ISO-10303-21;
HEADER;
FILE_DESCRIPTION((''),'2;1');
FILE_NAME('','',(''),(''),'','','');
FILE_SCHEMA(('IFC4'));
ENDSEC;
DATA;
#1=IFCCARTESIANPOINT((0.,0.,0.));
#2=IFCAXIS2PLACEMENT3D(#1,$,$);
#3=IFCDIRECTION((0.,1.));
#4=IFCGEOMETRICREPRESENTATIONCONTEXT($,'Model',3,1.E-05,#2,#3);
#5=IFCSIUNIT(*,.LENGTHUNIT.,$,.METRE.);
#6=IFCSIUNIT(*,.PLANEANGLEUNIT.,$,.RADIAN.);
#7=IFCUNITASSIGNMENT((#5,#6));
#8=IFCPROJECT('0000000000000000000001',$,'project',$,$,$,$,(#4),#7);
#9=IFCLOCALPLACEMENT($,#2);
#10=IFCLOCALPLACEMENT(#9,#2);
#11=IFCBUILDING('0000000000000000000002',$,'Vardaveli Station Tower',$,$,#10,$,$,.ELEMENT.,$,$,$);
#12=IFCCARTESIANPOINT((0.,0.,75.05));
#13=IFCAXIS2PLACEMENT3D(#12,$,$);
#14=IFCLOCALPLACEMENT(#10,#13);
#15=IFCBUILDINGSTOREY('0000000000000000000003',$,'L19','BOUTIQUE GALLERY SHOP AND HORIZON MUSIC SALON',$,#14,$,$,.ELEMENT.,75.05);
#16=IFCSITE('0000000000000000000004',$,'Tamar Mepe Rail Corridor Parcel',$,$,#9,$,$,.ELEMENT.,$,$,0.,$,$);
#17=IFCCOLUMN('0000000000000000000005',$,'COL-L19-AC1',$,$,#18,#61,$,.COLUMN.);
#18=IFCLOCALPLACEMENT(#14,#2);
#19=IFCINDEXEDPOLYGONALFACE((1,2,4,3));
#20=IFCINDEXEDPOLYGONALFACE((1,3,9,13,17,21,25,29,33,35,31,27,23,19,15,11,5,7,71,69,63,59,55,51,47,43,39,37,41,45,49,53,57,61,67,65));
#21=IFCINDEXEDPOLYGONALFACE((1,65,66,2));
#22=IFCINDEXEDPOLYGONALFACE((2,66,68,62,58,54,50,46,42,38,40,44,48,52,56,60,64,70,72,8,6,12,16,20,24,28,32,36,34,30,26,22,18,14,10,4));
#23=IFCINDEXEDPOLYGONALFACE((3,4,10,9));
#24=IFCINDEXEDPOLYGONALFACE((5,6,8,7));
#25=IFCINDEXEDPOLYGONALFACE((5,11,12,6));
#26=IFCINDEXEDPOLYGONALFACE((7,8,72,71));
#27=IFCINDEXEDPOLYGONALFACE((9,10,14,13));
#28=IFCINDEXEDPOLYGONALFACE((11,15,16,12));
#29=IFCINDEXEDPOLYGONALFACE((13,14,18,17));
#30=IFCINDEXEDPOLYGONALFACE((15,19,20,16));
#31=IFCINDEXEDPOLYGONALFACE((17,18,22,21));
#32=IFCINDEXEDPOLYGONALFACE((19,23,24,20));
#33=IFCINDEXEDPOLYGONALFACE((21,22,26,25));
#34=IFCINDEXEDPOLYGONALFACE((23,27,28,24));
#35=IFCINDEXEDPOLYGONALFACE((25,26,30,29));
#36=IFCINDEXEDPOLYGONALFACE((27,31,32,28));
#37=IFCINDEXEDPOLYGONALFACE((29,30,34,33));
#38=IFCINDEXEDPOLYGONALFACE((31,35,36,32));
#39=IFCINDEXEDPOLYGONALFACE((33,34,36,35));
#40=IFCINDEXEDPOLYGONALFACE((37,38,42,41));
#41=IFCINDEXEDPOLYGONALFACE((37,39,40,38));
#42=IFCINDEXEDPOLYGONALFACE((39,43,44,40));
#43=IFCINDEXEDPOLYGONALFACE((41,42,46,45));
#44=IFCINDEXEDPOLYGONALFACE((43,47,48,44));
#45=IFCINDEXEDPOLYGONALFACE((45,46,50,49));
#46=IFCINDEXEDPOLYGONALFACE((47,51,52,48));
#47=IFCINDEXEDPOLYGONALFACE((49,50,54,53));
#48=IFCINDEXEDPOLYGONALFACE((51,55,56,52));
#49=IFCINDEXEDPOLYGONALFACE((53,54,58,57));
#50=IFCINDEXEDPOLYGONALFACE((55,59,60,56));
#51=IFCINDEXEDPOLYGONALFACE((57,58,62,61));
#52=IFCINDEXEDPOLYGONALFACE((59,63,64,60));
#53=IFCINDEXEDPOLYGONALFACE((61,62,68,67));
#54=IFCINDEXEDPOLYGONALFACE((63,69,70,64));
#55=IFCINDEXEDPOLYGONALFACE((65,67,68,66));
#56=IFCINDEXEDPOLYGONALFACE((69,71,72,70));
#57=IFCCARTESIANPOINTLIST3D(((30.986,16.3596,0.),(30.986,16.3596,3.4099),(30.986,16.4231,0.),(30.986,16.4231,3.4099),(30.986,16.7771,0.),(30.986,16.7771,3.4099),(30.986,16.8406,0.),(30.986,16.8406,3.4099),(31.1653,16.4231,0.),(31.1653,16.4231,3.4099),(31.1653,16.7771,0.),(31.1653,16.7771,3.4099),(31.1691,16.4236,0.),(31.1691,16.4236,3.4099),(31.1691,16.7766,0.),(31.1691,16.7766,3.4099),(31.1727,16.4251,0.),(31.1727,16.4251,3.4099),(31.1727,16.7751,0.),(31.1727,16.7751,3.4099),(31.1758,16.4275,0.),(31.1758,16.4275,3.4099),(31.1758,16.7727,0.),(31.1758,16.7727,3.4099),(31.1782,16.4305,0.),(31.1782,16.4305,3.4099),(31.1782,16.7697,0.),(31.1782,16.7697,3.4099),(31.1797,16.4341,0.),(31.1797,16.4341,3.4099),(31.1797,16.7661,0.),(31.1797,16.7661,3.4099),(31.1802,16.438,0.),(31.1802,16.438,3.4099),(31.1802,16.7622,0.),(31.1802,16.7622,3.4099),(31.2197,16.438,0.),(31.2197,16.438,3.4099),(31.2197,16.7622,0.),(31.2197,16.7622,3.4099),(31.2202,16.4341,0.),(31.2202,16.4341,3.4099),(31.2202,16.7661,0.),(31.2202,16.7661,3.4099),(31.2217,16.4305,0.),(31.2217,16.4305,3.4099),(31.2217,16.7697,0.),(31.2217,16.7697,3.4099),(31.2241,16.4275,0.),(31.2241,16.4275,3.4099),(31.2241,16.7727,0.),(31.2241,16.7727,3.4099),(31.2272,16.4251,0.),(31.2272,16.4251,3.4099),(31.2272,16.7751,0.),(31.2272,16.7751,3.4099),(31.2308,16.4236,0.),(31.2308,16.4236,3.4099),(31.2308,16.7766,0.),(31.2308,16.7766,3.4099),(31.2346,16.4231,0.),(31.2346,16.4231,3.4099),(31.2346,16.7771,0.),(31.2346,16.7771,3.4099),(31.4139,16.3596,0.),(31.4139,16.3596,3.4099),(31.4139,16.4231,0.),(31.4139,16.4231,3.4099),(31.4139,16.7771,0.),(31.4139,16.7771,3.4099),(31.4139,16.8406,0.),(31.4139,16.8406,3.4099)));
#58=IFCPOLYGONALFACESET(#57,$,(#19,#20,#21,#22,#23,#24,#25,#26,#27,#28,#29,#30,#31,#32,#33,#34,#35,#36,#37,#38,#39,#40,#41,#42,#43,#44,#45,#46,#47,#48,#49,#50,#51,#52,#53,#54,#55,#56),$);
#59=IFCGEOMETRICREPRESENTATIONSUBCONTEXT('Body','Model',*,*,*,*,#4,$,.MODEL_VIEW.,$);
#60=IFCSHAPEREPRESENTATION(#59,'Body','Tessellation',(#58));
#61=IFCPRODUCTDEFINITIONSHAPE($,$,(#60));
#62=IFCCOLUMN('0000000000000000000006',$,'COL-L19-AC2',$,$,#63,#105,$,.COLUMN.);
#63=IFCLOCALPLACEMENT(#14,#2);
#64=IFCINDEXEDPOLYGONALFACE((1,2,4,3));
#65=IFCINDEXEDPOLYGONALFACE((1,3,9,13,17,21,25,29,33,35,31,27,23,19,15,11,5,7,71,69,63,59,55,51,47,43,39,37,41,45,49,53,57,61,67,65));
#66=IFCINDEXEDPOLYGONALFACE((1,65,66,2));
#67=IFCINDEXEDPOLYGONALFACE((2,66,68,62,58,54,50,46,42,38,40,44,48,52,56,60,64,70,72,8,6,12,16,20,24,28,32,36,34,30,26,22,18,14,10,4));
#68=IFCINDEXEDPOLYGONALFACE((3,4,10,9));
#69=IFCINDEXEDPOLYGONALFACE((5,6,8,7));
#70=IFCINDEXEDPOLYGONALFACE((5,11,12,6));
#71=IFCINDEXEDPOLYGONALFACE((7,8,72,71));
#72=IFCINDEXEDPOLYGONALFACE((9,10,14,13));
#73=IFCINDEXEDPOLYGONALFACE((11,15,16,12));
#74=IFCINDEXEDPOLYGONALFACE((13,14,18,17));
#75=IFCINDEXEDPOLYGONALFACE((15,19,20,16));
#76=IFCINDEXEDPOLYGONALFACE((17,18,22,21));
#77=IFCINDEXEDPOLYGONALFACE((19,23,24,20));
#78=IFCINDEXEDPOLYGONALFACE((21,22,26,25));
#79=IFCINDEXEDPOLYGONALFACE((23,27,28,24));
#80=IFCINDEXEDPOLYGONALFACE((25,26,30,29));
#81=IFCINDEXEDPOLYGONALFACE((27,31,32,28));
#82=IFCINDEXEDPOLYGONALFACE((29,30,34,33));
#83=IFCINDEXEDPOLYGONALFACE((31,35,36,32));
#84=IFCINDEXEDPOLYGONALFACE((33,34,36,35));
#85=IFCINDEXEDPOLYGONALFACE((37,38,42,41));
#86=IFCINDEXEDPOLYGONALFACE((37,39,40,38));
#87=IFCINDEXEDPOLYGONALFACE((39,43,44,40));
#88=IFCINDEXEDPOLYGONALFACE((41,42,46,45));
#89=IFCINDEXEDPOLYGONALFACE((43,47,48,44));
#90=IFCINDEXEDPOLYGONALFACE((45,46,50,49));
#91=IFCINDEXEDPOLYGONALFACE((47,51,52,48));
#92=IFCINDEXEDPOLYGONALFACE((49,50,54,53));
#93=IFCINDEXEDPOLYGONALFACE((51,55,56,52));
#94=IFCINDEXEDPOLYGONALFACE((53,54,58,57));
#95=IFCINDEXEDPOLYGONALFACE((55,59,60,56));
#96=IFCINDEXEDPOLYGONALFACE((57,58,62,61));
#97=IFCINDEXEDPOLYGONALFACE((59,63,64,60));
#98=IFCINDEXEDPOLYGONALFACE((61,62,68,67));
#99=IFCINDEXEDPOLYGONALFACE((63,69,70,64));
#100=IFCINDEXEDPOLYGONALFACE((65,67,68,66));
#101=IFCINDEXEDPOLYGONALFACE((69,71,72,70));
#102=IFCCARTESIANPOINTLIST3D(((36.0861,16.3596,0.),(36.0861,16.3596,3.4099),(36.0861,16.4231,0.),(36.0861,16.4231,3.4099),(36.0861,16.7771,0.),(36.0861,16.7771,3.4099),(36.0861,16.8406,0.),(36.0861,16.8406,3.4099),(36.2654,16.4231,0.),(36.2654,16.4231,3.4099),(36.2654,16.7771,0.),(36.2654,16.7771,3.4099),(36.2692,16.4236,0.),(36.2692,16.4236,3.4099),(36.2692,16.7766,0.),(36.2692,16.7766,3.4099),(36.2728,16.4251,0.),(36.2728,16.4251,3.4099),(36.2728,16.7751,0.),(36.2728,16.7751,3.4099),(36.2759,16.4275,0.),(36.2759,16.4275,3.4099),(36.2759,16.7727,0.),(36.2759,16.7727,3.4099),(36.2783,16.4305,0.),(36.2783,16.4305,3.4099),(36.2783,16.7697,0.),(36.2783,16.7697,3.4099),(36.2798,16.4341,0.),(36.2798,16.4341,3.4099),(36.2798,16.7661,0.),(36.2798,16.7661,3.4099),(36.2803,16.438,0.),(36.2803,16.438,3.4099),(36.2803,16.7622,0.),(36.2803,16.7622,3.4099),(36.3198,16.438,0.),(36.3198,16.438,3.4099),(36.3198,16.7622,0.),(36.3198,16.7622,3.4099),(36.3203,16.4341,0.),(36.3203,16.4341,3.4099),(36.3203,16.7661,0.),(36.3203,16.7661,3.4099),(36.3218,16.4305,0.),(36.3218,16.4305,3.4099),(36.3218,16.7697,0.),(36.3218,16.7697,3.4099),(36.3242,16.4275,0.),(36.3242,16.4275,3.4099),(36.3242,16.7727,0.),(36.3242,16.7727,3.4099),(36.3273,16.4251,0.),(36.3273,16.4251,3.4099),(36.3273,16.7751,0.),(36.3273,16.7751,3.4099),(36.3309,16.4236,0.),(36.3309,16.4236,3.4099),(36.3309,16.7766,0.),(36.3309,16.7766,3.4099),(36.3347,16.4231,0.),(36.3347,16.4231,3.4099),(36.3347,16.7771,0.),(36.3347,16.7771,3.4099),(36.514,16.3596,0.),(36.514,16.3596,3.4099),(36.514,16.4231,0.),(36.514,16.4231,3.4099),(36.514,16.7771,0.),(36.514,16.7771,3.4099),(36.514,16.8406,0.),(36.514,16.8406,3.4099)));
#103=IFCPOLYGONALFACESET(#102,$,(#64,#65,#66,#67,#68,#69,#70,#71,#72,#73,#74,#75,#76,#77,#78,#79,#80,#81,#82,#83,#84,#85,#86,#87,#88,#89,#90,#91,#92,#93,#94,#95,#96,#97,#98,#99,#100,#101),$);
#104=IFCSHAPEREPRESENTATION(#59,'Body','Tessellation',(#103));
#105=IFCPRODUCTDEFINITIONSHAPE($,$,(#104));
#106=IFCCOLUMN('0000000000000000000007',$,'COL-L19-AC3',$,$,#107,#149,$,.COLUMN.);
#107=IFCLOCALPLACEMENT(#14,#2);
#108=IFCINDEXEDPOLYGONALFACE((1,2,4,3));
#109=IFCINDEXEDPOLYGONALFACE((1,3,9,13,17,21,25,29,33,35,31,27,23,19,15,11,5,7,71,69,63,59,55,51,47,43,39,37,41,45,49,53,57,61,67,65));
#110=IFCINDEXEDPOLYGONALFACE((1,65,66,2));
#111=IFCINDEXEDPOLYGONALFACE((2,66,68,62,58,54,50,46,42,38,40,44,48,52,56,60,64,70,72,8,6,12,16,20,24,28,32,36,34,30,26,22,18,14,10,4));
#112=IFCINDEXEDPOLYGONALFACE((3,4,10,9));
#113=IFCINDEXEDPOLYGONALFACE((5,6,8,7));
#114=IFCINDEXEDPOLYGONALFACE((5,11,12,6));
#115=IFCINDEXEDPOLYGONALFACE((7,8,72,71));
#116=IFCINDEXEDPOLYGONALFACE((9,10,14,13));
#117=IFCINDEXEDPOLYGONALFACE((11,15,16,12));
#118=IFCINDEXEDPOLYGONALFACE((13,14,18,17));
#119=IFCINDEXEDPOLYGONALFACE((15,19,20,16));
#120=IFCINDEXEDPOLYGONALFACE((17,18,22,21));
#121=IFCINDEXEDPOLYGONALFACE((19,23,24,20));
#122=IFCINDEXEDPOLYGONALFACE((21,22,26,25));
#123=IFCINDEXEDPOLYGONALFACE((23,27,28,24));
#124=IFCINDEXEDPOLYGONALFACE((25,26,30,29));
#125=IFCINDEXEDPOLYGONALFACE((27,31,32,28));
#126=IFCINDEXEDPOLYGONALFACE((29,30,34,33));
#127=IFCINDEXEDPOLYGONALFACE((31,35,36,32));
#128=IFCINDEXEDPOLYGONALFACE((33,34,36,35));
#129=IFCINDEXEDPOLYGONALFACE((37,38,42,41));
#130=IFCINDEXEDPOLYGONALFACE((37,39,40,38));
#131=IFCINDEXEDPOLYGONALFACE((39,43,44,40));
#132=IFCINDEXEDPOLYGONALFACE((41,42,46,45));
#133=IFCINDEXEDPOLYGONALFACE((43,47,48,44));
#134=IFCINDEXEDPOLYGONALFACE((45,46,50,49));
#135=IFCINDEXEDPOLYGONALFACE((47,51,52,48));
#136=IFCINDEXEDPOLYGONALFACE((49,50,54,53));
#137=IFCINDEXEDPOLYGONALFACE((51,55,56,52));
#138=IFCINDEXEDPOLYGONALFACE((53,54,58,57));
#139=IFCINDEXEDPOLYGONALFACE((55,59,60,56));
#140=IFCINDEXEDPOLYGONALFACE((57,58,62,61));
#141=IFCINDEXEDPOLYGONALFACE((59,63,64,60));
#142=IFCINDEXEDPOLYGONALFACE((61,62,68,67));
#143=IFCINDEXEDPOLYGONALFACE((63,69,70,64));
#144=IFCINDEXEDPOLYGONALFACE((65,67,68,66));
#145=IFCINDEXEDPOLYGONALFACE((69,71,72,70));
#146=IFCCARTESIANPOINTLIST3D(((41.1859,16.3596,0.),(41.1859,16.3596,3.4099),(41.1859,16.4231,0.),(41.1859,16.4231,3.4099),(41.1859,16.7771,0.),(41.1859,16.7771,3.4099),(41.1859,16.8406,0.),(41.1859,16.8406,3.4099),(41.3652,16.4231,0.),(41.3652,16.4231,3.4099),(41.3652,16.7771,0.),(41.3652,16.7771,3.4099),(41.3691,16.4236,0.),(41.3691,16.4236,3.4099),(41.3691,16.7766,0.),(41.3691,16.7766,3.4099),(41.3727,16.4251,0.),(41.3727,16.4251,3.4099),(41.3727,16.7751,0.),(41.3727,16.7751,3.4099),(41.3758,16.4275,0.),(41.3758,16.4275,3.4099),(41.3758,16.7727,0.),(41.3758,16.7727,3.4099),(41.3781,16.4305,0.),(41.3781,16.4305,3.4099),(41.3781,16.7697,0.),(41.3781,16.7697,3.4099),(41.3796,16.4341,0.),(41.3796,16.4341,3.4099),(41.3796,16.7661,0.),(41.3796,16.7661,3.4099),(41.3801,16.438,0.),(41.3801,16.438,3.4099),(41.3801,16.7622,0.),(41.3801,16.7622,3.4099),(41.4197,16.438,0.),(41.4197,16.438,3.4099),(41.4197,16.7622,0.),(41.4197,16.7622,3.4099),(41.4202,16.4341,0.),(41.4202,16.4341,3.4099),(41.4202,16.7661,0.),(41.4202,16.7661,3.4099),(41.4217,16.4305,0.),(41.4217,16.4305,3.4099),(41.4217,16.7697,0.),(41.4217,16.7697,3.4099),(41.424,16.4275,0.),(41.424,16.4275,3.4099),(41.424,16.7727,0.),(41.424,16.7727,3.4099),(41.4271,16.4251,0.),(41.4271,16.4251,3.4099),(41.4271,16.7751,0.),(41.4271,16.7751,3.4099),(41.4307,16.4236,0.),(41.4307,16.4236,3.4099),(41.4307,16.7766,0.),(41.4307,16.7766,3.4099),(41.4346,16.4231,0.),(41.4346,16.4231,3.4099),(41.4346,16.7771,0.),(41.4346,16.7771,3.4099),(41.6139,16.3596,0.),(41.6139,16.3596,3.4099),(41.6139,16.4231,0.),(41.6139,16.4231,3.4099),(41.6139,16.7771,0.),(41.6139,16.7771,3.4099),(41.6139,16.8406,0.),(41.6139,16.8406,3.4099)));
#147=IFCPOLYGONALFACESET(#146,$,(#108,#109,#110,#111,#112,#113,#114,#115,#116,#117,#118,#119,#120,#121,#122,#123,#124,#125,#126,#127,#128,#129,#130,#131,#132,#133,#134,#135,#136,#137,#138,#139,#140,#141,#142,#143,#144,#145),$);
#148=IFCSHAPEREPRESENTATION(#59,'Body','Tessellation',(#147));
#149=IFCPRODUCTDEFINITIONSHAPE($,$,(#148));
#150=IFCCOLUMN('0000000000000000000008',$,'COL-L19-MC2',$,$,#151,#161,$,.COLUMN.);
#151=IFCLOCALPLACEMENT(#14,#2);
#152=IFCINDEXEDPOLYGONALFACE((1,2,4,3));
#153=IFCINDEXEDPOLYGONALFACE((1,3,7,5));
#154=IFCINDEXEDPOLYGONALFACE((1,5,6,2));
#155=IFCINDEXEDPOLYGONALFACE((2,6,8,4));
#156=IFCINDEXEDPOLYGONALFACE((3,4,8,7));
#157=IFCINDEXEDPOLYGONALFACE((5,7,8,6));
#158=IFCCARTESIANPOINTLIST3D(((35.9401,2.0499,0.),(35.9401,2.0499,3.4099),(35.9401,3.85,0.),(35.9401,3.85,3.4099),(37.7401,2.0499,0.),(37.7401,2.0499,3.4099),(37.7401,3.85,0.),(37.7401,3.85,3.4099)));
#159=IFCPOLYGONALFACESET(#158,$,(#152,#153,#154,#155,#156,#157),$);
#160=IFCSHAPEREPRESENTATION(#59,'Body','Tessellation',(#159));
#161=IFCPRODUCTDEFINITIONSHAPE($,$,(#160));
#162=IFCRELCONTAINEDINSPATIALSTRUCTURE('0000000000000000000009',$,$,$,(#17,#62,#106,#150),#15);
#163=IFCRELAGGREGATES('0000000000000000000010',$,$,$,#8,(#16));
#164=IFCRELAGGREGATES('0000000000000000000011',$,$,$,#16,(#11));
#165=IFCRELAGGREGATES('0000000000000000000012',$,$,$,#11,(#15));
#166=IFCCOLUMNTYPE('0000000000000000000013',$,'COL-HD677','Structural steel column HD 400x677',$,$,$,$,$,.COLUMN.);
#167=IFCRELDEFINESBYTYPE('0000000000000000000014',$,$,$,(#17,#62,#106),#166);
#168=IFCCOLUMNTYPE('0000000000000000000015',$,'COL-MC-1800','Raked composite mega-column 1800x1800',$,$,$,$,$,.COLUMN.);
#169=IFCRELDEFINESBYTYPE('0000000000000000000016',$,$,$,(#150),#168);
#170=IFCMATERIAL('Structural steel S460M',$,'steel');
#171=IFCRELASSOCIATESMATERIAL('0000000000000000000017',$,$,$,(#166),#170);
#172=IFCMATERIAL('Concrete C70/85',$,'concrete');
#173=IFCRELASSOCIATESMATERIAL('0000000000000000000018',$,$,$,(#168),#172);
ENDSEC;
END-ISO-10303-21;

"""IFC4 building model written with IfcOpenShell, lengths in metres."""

from ifc_helpers import new_model, si_unit, direction, frame, origin, origin_2d, place, context, subcontext, project, spatial, rectangle, i_section, extrude, source, transform, mapped, material, material_profile, profile_set, type_object, element, save


model = new_model("IFC4")

# Units and contexts
model_context = context("Model", 3, precision=1e-05, world=origin(), true_north=direction((0.0, 1.0)))
body_context = subcontext(model_context, "Body", "Model", "MODEL_VIEW")
ifc_project = project(units=[si_unit("LENGTHUNIT", "METRE"), si_unit("PLANEANGLEUNIT", "RADIAN")], contexts=[model_context])

# Site, building, storey
site_placement = place(None, origin())
site = spatial("IfcSite", under=ifc_project, at=site_placement, Name="Tamar Mepe Rail Corridor Parcel", CompositionType="ELEMENT", RefElevation=0.0)
building_placement = place(site_placement, origin())
building = spatial("IfcBuilding", under=site, at=building_placement, Name="Vardaveli Station Tower", CompositionType="ELEMENT")
storey_placement = place(building_placement, frame((0.0, 0.0, 75.05)))
storey = spatial("IfcBuildingStorey", under=building, at=storey_placement, Name="L19", Description="BOUTIQUE GALLERY SHOP AND HORIZON MUSIC SALON", CompositionType="ELEMENT", Elevation=75.05)

# Columns
ifc_material_1 = material(Name="Structural steel S460M", Category="steel")
ifc_material_profile_1 = material_profile(ifc_material_1, i_section(OverallWidth=0.428, OverallDepth=0.481, WebThickness=0.0396, FlangeThickness=0.0635, FilletRadius=0.0149, at=origin_2d()), Name="HD 400x677")
ifc_profile_set_1 = profile_set([ifc_material_profile_1], Name="Structural steel S460M")
column_type_1 = type_object("IfcColumnType", Name="COL-HD677", Description="Structural steel column HD 400x677", PredefinedType="COLUMN", material=ifc_profile_set_1)
shared_shape_1 = source(origin(), body_context, "Body", "SweptSolid", [
    extrude(i_section(OverallWidth=0.428, OverallDepth=0.481, WebThickness=0.0396, FlangeThickness=0.0635, FilletRadius=0.0149, at=origin_2d()), origin(), (0.0, 0.0, 1.0), 3.4099),
])
for number, where, z_axis, x_axis, name in (
    (1, (31.2, 16.6001, 0.0), (0.0, 0.0, 1.0), (1.0, 0.0, 0.0), "COL-L19-AC1"),
    (2, (36.3, 16.6001, 0.0), (0.0, 0.0, 1.0), (1.0, 0.0, 0.0), "COL-L19-AC2"),
    (3, (41.3999, 16.6001, 0.0), (0.0, 0.0, 1.0), (1.0, 0.0, 0.0), "COL-L19-AC3"),
):
    element("IfcColumn", number, at=place(storey_placement, frame(where, z_axis=z_axis, x_axis=x_axis)), inside=storey, type_object=column_type_1, Name=name, PredefinedType="COLUMN", context=body_context, shape_type="MappedRepresentation", body=[
        mapped(shared_shape_1, transform((0.0, 0.0, 0.0), scale=1.0)),
    ])
ifc_material_2 = material(Name="Concrete C70/85", Category="concrete")
ifc_material_profile_2 = material_profile(ifc_material_2, rectangle(XDim=1.8, YDim=1.8, at=origin_2d()), Name="MC 1800x1800")
ifc_profile_set_2 = profile_set([ifc_material_profile_2], Name="Concrete C70/85")
column_type_2 = type_object("IfcColumnType", Name="COL-MC-1800", Description="Raked composite mega-column 1800x1800", PredefinedType="COLUMN", material=ifc_profile_set_2)
shared_shape_2 = source(origin(), body_context, "Body", "SweptSolid", [
    extrude(rectangle(XDim=1.8, YDim=1.8, at=origin_2d()), origin(), (0.0, 0.0, 1.0), 3.4099),
])
column_placement = place(storey_placement, frame((36.8401, 2.95, 0.0), z_axis=(0.0, 0.0, 1.0), x_axis=(1.0, 0.0, 0.0)))
element("IfcColumn", 4, at=column_placement, inside=storey, type_object=column_type_2, Name="COL-L19-MC2", PredefinedType="COLUMN", context=body_context, shape_type="MappedRepresentation", body=[
    mapped(shared_shape_2, transform((0.0, 0.0, 0.0), scale=1.0)),
])

save(model, "model.ifc")
